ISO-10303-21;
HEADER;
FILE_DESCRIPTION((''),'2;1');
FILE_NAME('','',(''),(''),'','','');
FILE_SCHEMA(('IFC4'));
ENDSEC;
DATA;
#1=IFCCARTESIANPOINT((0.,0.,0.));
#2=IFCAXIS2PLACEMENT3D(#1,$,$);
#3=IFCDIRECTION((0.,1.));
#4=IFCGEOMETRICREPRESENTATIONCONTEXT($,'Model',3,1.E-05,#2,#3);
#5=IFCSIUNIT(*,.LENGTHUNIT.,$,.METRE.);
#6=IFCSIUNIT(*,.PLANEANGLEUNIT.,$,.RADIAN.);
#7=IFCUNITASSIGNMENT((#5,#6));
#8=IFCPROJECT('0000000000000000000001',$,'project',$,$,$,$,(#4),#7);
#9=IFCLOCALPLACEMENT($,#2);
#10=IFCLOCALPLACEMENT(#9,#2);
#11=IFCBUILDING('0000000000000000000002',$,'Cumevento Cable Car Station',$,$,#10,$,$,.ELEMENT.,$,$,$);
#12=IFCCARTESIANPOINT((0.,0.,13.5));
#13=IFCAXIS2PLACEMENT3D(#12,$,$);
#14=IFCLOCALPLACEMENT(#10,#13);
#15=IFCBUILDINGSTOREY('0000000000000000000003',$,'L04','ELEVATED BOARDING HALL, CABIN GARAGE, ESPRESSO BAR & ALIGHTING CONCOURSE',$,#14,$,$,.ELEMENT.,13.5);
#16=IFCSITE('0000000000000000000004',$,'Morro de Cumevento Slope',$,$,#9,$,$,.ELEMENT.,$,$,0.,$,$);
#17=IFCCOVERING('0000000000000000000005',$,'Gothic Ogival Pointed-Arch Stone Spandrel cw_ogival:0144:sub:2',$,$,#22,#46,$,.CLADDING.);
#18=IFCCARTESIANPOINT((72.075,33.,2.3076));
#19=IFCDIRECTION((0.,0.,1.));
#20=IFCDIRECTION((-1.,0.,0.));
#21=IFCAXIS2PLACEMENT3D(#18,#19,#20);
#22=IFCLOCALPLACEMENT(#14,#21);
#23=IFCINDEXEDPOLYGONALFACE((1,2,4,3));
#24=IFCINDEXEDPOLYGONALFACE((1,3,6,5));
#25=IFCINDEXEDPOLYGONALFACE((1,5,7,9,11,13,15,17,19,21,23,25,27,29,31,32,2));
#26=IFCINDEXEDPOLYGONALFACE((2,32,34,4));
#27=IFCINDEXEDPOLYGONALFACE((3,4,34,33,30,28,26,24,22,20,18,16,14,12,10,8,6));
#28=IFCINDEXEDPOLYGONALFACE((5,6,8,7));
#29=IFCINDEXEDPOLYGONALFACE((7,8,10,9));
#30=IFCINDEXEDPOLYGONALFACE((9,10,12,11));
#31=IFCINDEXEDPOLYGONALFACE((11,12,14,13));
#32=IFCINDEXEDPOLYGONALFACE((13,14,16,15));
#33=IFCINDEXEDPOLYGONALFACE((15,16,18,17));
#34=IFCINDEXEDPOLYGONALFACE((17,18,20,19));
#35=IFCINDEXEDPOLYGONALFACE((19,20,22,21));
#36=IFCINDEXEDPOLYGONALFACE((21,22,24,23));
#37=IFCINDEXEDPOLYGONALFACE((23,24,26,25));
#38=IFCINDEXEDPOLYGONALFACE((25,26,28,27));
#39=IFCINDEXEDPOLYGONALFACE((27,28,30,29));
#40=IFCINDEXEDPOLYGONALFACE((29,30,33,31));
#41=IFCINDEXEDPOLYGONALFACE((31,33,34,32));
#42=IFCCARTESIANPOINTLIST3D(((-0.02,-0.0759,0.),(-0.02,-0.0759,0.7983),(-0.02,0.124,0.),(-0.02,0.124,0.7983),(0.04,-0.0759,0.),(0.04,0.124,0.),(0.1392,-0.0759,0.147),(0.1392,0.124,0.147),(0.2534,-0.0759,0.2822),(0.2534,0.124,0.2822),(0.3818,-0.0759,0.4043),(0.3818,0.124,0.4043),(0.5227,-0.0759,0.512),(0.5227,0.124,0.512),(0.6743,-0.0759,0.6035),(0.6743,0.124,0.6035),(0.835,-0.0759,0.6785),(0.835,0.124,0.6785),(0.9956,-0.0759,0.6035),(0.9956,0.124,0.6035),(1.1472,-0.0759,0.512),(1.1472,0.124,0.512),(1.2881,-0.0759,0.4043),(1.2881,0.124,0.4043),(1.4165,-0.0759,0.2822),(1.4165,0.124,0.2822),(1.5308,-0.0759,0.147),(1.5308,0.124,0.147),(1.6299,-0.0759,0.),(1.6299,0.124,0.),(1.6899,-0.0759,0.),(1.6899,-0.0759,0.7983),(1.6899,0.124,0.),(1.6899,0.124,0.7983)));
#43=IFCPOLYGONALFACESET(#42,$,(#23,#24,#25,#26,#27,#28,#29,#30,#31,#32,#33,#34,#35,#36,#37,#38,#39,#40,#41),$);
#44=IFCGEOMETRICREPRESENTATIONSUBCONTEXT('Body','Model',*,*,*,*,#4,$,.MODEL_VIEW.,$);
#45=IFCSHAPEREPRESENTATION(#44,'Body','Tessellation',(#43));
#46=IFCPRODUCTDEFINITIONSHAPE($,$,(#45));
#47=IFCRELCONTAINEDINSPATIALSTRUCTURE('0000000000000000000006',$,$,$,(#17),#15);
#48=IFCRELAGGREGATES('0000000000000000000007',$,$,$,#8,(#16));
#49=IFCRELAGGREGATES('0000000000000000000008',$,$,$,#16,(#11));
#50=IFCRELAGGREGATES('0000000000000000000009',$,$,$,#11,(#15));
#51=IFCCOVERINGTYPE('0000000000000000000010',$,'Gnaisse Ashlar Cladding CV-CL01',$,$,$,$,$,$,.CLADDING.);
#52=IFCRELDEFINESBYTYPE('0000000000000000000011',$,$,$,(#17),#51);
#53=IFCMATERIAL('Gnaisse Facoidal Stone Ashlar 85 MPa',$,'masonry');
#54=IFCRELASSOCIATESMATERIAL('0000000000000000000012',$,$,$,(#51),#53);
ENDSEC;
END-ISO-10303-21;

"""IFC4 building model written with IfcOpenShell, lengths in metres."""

from ifc_helpers import new_model, si_unit, direction, frame, origin, place, context, subcontext, project, spatial, polyline, outline, extrude, material, type_object, element, save


model = new_model("IFC4")

# Units and contexts
model_context = context("Model", 3, precision=1e-05, world=origin(), true_north=direction((0.0, 1.0)))
body_context = subcontext(model_context, "Body", "Model", "MODEL_VIEW")
ifc_project = project(units=[si_unit("LENGTHUNIT", "METRE"), si_unit("PLANEANGLEUNIT", "RADIAN")], contexts=[model_context])

# Site, building, storey
site_placement = place(None, origin())
site = spatial("IfcSite", under=ifc_project, at=site_placement, Name="Morro de Cumevento Slope", CompositionType="ELEMENT", RefElevation=0.0)
building_placement = place(site_placement, origin())
building = spatial("IfcBuilding", under=site, at=building_placement, Name="Cumevento Cable Car Station", CompositionType="ELEMENT")
storey_placement = place(building_placement, frame((0.0, 0.0, 13.5)))
storey = spatial("IfcBuildingStorey", under=building, at=storey_placement, Name="L04", Description="ELEVATED BOARDING HALL, CABIN GARAGE, ESPRESSO BAR & ALIGHTING CONCOURSE", CompositionType="ELEMENT", Elevation=13.5)

# Covering
ifc_material_1 = material(Name="Gnaisse Facoidal Stone Ashlar 85 MPa", Category="masonry")
covering_type = type_object("IfcCoveringType", Name="Gnaisse Ashlar Cladding CV-CL01", PredefinedType="CLADDING", material=ifc_material_1)
covering_1_placement = place(storey_placement, frame((72.075, 33.0, 2.3076), z_axis=(0.0, 0.0, 1.0), x_axis=(-1.0, 0.0, 0.0)))
element("IfcCovering", 1, at=covering_1_placement, inside=storey, type_object=covering_type, Name="Gothic Ogival Pointed-Arch Stone Spandrel cw_ogival:0144:sub:2", PredefinedType="CLADDING", context=body_context, shape_type="SweptSolid", body=[
    extrude(outline(polyline([(-0.02, 0.0), (-0.02, 0.7983), (1.6899, 0.7983), (1.6899, 0.0), (1.6299, 0.0), (1.5308, 0.147), (1.4165, 0.2822), (1.2881, 0.4043), (1.1472, 0.512), (0.9956, 0.6035), (0.835, 0.6785), (0.6743, 0.6035), (0.5227, 0.512), (0.3818, 0.4043), (0.2534, 0.2822), (0.1392, 0.147), (0.04, 0.0), (-0.02, 0.0)])), frame((0.0, 0.124, 0.0), z_axis=(0.0, -1.0, 0.0), x_axis=(1.0, 0.0, 0.0)), (0.0, 0.0, 1.0), 0.2),
])

save(model, "model.ifc")
